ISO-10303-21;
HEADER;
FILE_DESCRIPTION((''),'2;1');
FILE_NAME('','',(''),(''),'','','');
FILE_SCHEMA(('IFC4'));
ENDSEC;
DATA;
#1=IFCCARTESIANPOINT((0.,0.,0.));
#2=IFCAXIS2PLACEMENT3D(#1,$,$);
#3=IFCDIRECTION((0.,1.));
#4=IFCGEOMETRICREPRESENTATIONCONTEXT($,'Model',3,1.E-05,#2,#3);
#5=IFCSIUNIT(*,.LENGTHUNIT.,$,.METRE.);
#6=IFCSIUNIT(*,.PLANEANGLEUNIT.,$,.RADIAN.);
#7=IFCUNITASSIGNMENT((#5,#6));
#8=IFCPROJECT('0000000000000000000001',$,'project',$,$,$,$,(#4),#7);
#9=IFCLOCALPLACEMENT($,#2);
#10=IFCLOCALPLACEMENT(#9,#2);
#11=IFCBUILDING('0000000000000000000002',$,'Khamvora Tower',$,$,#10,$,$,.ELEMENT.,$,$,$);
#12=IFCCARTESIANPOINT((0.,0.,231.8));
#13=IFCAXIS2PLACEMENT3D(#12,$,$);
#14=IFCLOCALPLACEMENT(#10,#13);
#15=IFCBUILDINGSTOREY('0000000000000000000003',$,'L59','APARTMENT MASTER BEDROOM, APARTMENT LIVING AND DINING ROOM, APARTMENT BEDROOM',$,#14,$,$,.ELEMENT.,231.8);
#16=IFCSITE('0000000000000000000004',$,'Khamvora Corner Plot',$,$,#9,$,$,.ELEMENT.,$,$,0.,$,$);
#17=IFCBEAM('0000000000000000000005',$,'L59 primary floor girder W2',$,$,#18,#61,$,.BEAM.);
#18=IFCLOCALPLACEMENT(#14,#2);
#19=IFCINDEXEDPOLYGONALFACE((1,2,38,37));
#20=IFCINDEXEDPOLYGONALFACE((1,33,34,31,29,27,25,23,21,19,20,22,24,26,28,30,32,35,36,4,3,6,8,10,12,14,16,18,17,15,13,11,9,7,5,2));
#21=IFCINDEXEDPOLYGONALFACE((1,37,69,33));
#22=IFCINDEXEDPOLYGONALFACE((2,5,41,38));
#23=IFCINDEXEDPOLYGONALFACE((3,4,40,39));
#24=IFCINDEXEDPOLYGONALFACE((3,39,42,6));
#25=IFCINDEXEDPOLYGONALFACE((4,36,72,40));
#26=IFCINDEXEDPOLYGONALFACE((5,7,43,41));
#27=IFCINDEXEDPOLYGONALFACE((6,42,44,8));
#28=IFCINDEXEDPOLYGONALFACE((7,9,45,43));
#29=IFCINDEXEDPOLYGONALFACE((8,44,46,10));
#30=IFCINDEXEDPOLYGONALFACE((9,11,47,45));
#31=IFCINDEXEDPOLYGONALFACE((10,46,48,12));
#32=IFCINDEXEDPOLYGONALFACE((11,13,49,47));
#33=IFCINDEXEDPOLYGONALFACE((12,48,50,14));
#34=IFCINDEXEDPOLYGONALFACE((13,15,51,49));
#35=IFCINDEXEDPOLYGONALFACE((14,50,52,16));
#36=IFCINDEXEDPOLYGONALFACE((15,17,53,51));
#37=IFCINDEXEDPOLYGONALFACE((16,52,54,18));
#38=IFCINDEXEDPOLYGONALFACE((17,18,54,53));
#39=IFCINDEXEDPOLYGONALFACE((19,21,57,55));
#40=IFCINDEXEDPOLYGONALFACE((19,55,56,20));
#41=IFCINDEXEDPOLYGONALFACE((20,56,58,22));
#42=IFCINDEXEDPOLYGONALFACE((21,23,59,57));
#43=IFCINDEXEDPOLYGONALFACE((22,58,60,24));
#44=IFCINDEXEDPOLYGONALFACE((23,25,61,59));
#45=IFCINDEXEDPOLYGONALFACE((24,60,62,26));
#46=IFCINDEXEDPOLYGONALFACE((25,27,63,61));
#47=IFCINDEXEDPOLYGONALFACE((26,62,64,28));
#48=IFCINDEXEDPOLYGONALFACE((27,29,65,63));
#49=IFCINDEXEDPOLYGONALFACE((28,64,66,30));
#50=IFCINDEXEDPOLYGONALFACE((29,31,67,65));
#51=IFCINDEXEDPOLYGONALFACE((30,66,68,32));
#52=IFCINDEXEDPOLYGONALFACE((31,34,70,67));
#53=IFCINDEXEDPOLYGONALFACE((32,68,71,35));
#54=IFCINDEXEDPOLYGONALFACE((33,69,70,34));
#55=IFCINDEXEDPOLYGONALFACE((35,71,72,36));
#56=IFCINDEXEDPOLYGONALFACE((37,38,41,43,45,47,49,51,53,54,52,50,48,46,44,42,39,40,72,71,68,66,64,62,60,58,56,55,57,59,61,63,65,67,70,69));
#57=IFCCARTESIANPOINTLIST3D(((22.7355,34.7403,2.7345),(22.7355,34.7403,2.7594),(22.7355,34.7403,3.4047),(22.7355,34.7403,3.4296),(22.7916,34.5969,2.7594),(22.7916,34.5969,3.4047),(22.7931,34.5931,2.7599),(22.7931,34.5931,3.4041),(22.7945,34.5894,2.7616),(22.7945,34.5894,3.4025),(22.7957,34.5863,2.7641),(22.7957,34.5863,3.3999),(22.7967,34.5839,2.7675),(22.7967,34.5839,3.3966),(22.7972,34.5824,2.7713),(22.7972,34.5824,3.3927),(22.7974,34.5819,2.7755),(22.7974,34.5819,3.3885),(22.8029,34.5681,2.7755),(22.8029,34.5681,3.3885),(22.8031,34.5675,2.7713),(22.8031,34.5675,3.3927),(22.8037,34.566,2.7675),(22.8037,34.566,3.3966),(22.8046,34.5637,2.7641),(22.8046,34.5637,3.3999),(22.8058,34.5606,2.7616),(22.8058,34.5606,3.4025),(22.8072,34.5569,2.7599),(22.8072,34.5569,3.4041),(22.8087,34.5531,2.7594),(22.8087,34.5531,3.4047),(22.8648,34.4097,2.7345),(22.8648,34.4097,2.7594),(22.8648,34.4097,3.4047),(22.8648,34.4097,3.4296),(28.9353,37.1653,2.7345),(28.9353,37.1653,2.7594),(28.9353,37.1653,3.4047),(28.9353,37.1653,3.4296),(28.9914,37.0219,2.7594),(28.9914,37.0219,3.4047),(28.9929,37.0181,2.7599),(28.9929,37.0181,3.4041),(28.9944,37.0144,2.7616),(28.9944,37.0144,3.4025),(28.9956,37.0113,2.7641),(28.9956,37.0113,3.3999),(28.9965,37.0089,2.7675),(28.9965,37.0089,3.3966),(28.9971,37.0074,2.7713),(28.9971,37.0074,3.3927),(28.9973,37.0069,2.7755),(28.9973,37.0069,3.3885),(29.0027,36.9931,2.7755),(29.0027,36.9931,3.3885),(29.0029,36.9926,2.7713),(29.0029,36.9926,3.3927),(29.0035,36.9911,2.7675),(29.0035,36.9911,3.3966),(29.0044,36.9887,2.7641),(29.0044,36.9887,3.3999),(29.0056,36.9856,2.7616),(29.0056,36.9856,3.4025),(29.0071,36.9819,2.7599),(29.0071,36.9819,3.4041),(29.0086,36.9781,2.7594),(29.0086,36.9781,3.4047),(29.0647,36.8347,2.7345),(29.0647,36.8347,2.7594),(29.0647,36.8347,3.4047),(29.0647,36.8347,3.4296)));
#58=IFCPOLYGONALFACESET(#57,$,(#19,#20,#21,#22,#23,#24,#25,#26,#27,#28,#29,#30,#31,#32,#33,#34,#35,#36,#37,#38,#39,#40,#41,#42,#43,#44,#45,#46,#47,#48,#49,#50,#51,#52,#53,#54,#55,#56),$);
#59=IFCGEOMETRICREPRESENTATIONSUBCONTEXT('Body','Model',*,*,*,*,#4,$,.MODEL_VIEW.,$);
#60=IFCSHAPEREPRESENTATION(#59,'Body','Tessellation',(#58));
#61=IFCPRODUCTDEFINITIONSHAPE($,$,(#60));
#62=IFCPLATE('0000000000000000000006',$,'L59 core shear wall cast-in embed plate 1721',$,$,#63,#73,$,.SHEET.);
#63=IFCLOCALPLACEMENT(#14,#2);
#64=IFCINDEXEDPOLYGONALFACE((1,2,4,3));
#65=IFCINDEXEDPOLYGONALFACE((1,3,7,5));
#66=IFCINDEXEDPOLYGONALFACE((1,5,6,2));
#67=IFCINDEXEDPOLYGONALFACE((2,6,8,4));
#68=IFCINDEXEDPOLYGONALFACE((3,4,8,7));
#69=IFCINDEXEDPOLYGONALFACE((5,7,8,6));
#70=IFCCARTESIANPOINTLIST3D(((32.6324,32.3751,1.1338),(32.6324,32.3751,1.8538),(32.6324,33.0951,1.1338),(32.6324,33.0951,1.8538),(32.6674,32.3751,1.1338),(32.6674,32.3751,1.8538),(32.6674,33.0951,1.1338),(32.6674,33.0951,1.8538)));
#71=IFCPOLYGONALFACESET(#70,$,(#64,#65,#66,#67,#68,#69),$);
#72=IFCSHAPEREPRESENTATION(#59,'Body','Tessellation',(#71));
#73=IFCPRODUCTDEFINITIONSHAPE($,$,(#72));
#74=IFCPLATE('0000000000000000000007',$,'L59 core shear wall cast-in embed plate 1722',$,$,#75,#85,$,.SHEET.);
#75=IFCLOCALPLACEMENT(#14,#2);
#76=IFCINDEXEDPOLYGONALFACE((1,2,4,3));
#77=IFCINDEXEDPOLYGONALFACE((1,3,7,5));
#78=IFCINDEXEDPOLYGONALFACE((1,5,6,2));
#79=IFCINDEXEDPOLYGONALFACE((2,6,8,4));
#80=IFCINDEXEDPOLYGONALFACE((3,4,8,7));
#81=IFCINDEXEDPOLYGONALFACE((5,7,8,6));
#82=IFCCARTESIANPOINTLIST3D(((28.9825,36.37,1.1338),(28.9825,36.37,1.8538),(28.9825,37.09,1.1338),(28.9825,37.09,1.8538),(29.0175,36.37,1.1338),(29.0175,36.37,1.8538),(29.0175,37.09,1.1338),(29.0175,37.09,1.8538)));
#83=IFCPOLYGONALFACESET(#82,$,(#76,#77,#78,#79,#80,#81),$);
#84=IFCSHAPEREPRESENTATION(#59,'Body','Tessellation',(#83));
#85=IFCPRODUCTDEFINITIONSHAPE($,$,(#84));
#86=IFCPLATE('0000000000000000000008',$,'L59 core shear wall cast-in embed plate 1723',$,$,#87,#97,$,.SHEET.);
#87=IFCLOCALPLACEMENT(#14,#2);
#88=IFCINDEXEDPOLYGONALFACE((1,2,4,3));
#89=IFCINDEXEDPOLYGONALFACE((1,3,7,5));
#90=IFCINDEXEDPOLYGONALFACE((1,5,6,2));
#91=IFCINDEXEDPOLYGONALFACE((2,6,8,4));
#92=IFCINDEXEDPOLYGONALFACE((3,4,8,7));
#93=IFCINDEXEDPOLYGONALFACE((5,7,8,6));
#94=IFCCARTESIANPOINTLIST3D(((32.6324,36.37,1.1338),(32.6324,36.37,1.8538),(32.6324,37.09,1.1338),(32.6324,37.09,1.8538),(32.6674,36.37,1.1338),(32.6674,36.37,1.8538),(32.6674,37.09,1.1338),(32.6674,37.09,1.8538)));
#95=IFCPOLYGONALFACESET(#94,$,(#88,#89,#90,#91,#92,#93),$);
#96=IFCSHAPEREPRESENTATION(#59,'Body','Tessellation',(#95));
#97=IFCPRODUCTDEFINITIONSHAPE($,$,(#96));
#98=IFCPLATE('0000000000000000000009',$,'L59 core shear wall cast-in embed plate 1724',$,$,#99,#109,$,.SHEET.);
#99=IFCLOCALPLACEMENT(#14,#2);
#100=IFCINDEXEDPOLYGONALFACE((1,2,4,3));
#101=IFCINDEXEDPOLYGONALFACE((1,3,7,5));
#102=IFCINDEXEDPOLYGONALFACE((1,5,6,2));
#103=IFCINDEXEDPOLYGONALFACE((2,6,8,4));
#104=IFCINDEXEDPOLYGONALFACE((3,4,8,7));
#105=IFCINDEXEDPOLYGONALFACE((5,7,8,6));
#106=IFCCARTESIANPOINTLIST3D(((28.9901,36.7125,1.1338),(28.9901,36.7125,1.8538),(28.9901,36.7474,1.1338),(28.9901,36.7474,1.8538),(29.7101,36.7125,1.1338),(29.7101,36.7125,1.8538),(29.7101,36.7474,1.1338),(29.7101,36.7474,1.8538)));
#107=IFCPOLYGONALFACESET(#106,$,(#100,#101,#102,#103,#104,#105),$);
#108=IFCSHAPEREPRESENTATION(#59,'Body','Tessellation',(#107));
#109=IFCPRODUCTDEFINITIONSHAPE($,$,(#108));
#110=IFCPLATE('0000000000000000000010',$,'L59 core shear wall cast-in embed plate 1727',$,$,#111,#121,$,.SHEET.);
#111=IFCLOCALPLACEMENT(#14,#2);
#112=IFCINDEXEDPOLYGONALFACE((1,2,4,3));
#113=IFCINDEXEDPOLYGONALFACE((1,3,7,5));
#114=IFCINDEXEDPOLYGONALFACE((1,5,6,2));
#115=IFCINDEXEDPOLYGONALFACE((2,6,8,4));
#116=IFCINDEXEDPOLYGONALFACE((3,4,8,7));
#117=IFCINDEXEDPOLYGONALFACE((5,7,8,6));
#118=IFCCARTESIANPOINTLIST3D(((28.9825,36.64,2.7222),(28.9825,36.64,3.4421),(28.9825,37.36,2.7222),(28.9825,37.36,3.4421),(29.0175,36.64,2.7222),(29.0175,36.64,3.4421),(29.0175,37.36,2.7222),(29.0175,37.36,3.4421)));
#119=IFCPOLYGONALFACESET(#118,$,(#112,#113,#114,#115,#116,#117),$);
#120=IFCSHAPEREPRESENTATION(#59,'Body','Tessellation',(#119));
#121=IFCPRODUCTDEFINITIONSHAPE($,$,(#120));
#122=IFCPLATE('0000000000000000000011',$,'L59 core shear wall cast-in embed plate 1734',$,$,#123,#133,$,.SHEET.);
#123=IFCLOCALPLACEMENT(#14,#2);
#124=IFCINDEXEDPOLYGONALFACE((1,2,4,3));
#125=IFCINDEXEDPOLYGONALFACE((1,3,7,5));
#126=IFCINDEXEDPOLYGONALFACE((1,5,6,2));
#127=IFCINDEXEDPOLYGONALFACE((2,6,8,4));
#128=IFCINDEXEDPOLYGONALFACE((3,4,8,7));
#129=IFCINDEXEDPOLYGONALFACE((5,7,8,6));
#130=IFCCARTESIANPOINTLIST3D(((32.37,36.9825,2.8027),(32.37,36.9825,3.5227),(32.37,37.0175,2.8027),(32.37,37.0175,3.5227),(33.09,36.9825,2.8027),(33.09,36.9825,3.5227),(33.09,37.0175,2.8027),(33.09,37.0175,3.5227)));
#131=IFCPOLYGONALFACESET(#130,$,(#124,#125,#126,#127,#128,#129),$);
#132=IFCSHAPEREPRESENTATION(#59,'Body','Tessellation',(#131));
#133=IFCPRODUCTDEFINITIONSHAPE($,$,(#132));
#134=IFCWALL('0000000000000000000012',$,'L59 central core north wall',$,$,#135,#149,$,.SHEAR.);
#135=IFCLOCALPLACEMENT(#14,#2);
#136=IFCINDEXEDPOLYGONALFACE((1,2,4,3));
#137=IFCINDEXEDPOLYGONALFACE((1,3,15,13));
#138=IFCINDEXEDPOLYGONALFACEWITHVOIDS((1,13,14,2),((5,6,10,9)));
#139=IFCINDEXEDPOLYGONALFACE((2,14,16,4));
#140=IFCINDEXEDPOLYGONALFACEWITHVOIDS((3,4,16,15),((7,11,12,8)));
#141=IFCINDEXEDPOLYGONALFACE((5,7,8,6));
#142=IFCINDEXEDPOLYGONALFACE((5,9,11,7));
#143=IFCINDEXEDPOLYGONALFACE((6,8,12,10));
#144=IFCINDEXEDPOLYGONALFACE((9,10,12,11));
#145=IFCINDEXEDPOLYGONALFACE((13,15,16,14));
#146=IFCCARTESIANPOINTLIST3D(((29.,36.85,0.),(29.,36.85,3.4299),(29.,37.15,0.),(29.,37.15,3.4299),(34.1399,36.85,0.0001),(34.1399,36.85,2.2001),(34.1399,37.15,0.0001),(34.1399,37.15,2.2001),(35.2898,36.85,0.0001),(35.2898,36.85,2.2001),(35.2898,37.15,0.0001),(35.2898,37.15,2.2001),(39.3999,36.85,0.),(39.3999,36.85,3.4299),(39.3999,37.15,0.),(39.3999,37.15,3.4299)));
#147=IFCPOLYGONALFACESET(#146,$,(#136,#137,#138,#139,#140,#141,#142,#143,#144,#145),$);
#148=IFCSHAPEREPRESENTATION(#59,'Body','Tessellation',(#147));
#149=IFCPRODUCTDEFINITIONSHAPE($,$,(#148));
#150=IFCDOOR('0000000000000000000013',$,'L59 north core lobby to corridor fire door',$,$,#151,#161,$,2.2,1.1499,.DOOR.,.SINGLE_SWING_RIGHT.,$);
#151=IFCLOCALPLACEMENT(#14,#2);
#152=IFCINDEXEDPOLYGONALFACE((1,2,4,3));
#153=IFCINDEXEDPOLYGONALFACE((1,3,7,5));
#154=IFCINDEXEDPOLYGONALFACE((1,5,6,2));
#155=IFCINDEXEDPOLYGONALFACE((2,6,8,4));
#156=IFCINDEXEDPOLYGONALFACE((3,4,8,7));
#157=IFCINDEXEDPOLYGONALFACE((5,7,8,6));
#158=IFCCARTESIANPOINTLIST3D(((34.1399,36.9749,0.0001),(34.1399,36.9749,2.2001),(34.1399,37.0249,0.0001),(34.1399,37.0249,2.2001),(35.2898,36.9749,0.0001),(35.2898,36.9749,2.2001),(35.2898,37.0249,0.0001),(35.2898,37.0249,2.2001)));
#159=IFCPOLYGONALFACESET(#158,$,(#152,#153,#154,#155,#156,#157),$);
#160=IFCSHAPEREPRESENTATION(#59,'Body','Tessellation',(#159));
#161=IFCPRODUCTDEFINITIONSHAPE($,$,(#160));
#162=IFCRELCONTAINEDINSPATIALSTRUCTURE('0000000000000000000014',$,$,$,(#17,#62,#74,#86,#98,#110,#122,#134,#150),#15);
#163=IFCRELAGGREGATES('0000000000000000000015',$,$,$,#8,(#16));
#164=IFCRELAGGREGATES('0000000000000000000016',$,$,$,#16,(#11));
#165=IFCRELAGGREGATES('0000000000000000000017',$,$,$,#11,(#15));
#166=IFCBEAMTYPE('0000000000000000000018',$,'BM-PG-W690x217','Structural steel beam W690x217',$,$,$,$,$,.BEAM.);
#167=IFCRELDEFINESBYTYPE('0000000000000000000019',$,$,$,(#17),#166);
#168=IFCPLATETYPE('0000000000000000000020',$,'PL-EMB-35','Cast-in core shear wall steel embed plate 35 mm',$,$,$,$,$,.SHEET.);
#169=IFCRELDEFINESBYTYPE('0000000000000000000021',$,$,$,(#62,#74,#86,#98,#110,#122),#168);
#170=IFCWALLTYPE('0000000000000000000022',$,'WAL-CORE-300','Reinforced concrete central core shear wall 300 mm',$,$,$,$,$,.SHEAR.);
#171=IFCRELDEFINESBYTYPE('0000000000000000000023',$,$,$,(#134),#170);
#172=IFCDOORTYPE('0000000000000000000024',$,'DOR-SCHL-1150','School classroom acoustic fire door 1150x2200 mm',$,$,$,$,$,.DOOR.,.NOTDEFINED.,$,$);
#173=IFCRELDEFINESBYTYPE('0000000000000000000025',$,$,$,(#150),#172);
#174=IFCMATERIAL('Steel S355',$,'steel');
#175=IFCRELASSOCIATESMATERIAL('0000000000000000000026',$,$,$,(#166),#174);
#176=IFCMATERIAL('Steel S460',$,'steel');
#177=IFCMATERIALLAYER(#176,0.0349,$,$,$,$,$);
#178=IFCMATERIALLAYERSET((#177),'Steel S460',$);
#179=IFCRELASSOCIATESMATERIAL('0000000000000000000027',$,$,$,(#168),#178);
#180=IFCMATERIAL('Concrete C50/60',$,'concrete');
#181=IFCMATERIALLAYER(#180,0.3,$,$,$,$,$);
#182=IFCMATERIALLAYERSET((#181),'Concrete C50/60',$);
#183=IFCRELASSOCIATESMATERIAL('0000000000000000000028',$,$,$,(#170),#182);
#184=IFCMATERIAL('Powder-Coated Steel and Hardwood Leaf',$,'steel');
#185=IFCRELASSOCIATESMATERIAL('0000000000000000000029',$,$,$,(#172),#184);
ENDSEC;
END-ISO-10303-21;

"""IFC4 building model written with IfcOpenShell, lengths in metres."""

from ifc_helpers import new_model, si_unit, direction, frame, frame_2d, origin, origin_2d, place, context, subcontext, project, spatial, rectangle, i_section, extrude, material, layer, layer_set, material_profile, profile_set, type_object, element, fill, save


model = new_model("IFC4")

# Units and contexts
model_context = context("Model", 3, precision=1e-05, world=origin(), true_north=direction((0.0, 1.0)))
body_context = subcontext(model_context, "Body", "Model", "MODEL_VIEW")
ifc_project = project(units=[si_unit("LENGTHUNIT", "METRE"), si_unit("PLANEANGLEUNIT", "RADIAN")], contexts=[model_context])

# Site, building, storey
site_placement = place(None, origin())
site = spatial("IfcSite", under=ifc_project, at=site_placement, Name="Khamvora Corner Plot", CompositionType="ELEMENT", RefElevation=0.0)
building_placement = place(site_placement, origin())
building = spatial("IfcBuilding", under=site, at=building_placement, Name="Khamvora Tower", CompositionType="ELEMENT")
storey_placement = place(building_placement, frame((0.0, 0.0, 231.8)))
storey = spatial("IfcBuildingStorey", under=building, at=storey_placement, Name="L59", Description="APARTMENT MASTER BEDROOM, APARTMENT LIVING AND DINING ROOM, APARTMENT BEDROOM", CompositionType="ELEMENT", Elevation=231.8)

# Beam
ifc_material_1 = material(Name="Steel S355", Category="steel")
ifc_material_profile_1 = material_profile(ifc_material_1, i_section(OverallWidth=0.355, OverallDepth=0.6951, WebThickness=0.0149, FlangeThickness=0.0249, FilletRadius=0.0161, at=origin_2d()), Name="W690x217")
ifc_profile_set_1 = profile_set([ifc_material_profile_1], Name="Steel S355")
beam_type_1 = type_object("IfcBeamType", Name="BM-PG-W690x217", Description="Structural steel beam W690x217", PredefinedType="BEAM", material=ifc_profile_set_1)
beam_1_placement = place(storey_placement, frame((29.0, 37.0, 3.082), z_axis=(-0.931295, -0.364267, 0.0), x_axis=(0.364267, -0.931295, 0.0)))
element("IfcBeam", 1, at=beam_1_placement, inside=storey, type_object=beam_type_1, Name="L59 primary floor girder W2", PredefinedType="BEAM", context=body_context, shape_type="SweptSolid", body=[
    extrude(i_section(OverallWidth=0.355, OverallDepth=0.6951, WebThickness=0.0149, FlangeThickness=0.0249, FilletRadius=0.0161, at=origin_2d()), origin(), (0.0, 0.0, 1.0), 6.6572),
])

# Plates
ifc_material_2 = material(Name="Steel S460", Category="steel")
ifc_layer_1 = layer(ifc_material_2, 0.0349)
ifc_layer_set_1 = layer_set([ifc_layer_1], Name="Steel S460")
plate_type = type_object("IfcPlateType", Name="PL-EMB-35", Description="Cast-in core shear wall steel embed plate 35 mm", PredefinedType="SHEET", material=ifc_layer_set_1)
for number, where, z_axis, x_axis, name in (
    (2, (32.6499, 32.7351, 1.1338), (0.0, 0.0, 1.0), (1.0, 0.0, 0.0), "L59 core shear wall cast-in embed plate 1721"),
    (3, (29.0, 36.73, 1.1338), (0.0, 0.0, 1.0), (1.0, 0.0, 0.0), "L59 core shear wall cast-in embed plate 1722"),
    (4, (32.6499, 36.73, 1.1338), (0.0, 0.0, 1.0), (1.0, 0.0, 0.0), "L59 core shear wall cast-in embed plate 1723"),
):
    element("IfcPlate", number, at=place(storey_placement, frame(where, z_axis=z_axis, x_axis=x_axis)), inside=storey, type_object=plate_type, Name=name, PredefinedType="SHEET", context=body_context, shape_type="SweptSolid", body=[
        extrude(rectangle(XDim=0.0349, YDim=0.72, at=origin_2d()), origin(), (0.0, 0.0, 1.0), 0.72),
    ])
plate_1_placement = place(storey_placement, frame((29.3501, 36.73, 1.1338), z_axis=(0.0, 0.0, 1.0), x_axis=(1.0, 0.0, 0.0)))
element("IfcPlate", 5, at=plate_1_placement, inside=storey, type_object=plate_type, Name="L59 core shear wall cast-in embed plate 1724", PredefinedType="SHEET", context=body_context, shape_type="SweptSolid", body=[
    extrude(rectangle(XDim=0.72, YDim=0.0349, at=origin_2d()), origin(), (0.0, 0.0, 1.0), 0.72),
])
plate_2_placement = place(storey_placement, frame((29.0, 37.0, 2.7222), z_axis=(0.0, 0.0, 1.0), x_axis=(1.0, 0.0, 0.0)))
element("IfcPlate", 6, at=plate_2_placement, inside=storey, type_object=plate_type, Name="L59 core shear wall cast-in embed plate 1727", PredefinedType="SHEET", context=body_context, shape_type="SweptSolid", body=[
    extrude(rectangle(XDim=0.0349, YDim=0.72, at=origin_2d()), origin(), (0.0, 0.0, 1.0), 0.72),
])
plate_3_placement = place(storey_placement, frame((32.73, 37.0, 2.8027), z_axis=(0.0, 0.0, 1.0), x_axis=(1.0, 0.0, 0.0)))
element("IfcPlate", 7, at=plate_3_placement, inside=storey, type_object=plate_type, Name="L59 core shear wall cast-in embed plate 1734", PredefinedType="SHEET", context=body_context, shape_type="SweptSolid", body=[
    extrude(rectangle(XDim=0.72, YDim=0.0349, at=origin_2d()), origin(), (0.0, 0.0, 1.0), 0.72),
])

# Wall, opening, door
ifc_material_3 = material(Name="Concrete C50/60", Category="concrete")
ifc_layer_2 = layer(ifc_material_3, 0.3)
ifc_layer_set_2 = layer_set([ifc_layer_2], Name="Concrete C50/60")
wall_type_1 = type_object("IfcWallType", Name="WAL-CORE-300", Description="Reinforced concrete central core shear wall 300 mm", PredefinedType="SHEAR", material=ifc_layer_set_2)
wall_1_placement = place(storey_placement, frame((29.0, 37.0, 0.0), z_axis=(0.0, 0.0, 1.0), x_axis=(1.0, 0.0, 0.0)))
wall_1 = element("IfcWall", 8, at=wall_1_placement, inside=storey, type_object=wall_type_1, Name="L59 central core north wall", PredefinedType="SHEAR", context=body_context, shape_type="SweptSolid", body=[
    extrude(rectangle(XDim=10.3999, YDim=0.3, at=frame_2d((5.2, 0.0))), origin(), (0.0, 0.0, 1.0), 3.4299),
])
opening_1_placement = place(wall_1_placement, frame((5.1399, 0.0, 0.0)))
opening_1 = element("IfcOpeningElement", 9, at=opening_1_placement, cuts=wall_1, PredefinedType="OPENING", context=body_context, shape_type="SweptSolid", body=[
    extrude(rectangle(XDim=1.1499, YDim=2.2, at=frame_2d((0.575, 1.1001))), frame((0.0, 0.1599, 0.0), z_axis=(0.0, -1.0, 0.0), x_axis=(1.0, 0.0, 0.0)), (0.0, 0.0, 1.0), 0.3201),
])
ifc_material_4 = material(Name="Powder-Coated Steel and Hardwood Leaf", Category="steel")
door_type_1 = type_object("IfcDoorType", Name="DOR-SCHL-1150", Description="School classroom acoustic fire door 1150x2200 mm", OperationType="NOTDEFINED", PredefinedType="DOOR", material=ifc_material_4)
door_1_placement = place(opening_1_placement, origin())
door_1 = element("IfcDoor", 10, at=door_1_placement, inside=storey, type_object=door_type_1, Name="L59 north core lobby to corridor fire door", OperationType="SINGLE_SWING_RIGHT", OverallHeight=2.2, OverallWidth=1.1499, PredefinedType="DOOR", context=body_context, shape_type="SweptSolid", body=[
    extrude(rectangle(XDim=1.1499, YDim=2.2, at=frame_2d((0.575, 1.1001))), frame((0.0, 0.0249, 0.0), z_axis=(0.0, -1.0, 0.0), x_axis=(1.0, 0.0, 0.0)), (0.0, 0.0, 1.0), 0.05),
])
fill(opening_1, door_1)

save(model, "model.ifc")
